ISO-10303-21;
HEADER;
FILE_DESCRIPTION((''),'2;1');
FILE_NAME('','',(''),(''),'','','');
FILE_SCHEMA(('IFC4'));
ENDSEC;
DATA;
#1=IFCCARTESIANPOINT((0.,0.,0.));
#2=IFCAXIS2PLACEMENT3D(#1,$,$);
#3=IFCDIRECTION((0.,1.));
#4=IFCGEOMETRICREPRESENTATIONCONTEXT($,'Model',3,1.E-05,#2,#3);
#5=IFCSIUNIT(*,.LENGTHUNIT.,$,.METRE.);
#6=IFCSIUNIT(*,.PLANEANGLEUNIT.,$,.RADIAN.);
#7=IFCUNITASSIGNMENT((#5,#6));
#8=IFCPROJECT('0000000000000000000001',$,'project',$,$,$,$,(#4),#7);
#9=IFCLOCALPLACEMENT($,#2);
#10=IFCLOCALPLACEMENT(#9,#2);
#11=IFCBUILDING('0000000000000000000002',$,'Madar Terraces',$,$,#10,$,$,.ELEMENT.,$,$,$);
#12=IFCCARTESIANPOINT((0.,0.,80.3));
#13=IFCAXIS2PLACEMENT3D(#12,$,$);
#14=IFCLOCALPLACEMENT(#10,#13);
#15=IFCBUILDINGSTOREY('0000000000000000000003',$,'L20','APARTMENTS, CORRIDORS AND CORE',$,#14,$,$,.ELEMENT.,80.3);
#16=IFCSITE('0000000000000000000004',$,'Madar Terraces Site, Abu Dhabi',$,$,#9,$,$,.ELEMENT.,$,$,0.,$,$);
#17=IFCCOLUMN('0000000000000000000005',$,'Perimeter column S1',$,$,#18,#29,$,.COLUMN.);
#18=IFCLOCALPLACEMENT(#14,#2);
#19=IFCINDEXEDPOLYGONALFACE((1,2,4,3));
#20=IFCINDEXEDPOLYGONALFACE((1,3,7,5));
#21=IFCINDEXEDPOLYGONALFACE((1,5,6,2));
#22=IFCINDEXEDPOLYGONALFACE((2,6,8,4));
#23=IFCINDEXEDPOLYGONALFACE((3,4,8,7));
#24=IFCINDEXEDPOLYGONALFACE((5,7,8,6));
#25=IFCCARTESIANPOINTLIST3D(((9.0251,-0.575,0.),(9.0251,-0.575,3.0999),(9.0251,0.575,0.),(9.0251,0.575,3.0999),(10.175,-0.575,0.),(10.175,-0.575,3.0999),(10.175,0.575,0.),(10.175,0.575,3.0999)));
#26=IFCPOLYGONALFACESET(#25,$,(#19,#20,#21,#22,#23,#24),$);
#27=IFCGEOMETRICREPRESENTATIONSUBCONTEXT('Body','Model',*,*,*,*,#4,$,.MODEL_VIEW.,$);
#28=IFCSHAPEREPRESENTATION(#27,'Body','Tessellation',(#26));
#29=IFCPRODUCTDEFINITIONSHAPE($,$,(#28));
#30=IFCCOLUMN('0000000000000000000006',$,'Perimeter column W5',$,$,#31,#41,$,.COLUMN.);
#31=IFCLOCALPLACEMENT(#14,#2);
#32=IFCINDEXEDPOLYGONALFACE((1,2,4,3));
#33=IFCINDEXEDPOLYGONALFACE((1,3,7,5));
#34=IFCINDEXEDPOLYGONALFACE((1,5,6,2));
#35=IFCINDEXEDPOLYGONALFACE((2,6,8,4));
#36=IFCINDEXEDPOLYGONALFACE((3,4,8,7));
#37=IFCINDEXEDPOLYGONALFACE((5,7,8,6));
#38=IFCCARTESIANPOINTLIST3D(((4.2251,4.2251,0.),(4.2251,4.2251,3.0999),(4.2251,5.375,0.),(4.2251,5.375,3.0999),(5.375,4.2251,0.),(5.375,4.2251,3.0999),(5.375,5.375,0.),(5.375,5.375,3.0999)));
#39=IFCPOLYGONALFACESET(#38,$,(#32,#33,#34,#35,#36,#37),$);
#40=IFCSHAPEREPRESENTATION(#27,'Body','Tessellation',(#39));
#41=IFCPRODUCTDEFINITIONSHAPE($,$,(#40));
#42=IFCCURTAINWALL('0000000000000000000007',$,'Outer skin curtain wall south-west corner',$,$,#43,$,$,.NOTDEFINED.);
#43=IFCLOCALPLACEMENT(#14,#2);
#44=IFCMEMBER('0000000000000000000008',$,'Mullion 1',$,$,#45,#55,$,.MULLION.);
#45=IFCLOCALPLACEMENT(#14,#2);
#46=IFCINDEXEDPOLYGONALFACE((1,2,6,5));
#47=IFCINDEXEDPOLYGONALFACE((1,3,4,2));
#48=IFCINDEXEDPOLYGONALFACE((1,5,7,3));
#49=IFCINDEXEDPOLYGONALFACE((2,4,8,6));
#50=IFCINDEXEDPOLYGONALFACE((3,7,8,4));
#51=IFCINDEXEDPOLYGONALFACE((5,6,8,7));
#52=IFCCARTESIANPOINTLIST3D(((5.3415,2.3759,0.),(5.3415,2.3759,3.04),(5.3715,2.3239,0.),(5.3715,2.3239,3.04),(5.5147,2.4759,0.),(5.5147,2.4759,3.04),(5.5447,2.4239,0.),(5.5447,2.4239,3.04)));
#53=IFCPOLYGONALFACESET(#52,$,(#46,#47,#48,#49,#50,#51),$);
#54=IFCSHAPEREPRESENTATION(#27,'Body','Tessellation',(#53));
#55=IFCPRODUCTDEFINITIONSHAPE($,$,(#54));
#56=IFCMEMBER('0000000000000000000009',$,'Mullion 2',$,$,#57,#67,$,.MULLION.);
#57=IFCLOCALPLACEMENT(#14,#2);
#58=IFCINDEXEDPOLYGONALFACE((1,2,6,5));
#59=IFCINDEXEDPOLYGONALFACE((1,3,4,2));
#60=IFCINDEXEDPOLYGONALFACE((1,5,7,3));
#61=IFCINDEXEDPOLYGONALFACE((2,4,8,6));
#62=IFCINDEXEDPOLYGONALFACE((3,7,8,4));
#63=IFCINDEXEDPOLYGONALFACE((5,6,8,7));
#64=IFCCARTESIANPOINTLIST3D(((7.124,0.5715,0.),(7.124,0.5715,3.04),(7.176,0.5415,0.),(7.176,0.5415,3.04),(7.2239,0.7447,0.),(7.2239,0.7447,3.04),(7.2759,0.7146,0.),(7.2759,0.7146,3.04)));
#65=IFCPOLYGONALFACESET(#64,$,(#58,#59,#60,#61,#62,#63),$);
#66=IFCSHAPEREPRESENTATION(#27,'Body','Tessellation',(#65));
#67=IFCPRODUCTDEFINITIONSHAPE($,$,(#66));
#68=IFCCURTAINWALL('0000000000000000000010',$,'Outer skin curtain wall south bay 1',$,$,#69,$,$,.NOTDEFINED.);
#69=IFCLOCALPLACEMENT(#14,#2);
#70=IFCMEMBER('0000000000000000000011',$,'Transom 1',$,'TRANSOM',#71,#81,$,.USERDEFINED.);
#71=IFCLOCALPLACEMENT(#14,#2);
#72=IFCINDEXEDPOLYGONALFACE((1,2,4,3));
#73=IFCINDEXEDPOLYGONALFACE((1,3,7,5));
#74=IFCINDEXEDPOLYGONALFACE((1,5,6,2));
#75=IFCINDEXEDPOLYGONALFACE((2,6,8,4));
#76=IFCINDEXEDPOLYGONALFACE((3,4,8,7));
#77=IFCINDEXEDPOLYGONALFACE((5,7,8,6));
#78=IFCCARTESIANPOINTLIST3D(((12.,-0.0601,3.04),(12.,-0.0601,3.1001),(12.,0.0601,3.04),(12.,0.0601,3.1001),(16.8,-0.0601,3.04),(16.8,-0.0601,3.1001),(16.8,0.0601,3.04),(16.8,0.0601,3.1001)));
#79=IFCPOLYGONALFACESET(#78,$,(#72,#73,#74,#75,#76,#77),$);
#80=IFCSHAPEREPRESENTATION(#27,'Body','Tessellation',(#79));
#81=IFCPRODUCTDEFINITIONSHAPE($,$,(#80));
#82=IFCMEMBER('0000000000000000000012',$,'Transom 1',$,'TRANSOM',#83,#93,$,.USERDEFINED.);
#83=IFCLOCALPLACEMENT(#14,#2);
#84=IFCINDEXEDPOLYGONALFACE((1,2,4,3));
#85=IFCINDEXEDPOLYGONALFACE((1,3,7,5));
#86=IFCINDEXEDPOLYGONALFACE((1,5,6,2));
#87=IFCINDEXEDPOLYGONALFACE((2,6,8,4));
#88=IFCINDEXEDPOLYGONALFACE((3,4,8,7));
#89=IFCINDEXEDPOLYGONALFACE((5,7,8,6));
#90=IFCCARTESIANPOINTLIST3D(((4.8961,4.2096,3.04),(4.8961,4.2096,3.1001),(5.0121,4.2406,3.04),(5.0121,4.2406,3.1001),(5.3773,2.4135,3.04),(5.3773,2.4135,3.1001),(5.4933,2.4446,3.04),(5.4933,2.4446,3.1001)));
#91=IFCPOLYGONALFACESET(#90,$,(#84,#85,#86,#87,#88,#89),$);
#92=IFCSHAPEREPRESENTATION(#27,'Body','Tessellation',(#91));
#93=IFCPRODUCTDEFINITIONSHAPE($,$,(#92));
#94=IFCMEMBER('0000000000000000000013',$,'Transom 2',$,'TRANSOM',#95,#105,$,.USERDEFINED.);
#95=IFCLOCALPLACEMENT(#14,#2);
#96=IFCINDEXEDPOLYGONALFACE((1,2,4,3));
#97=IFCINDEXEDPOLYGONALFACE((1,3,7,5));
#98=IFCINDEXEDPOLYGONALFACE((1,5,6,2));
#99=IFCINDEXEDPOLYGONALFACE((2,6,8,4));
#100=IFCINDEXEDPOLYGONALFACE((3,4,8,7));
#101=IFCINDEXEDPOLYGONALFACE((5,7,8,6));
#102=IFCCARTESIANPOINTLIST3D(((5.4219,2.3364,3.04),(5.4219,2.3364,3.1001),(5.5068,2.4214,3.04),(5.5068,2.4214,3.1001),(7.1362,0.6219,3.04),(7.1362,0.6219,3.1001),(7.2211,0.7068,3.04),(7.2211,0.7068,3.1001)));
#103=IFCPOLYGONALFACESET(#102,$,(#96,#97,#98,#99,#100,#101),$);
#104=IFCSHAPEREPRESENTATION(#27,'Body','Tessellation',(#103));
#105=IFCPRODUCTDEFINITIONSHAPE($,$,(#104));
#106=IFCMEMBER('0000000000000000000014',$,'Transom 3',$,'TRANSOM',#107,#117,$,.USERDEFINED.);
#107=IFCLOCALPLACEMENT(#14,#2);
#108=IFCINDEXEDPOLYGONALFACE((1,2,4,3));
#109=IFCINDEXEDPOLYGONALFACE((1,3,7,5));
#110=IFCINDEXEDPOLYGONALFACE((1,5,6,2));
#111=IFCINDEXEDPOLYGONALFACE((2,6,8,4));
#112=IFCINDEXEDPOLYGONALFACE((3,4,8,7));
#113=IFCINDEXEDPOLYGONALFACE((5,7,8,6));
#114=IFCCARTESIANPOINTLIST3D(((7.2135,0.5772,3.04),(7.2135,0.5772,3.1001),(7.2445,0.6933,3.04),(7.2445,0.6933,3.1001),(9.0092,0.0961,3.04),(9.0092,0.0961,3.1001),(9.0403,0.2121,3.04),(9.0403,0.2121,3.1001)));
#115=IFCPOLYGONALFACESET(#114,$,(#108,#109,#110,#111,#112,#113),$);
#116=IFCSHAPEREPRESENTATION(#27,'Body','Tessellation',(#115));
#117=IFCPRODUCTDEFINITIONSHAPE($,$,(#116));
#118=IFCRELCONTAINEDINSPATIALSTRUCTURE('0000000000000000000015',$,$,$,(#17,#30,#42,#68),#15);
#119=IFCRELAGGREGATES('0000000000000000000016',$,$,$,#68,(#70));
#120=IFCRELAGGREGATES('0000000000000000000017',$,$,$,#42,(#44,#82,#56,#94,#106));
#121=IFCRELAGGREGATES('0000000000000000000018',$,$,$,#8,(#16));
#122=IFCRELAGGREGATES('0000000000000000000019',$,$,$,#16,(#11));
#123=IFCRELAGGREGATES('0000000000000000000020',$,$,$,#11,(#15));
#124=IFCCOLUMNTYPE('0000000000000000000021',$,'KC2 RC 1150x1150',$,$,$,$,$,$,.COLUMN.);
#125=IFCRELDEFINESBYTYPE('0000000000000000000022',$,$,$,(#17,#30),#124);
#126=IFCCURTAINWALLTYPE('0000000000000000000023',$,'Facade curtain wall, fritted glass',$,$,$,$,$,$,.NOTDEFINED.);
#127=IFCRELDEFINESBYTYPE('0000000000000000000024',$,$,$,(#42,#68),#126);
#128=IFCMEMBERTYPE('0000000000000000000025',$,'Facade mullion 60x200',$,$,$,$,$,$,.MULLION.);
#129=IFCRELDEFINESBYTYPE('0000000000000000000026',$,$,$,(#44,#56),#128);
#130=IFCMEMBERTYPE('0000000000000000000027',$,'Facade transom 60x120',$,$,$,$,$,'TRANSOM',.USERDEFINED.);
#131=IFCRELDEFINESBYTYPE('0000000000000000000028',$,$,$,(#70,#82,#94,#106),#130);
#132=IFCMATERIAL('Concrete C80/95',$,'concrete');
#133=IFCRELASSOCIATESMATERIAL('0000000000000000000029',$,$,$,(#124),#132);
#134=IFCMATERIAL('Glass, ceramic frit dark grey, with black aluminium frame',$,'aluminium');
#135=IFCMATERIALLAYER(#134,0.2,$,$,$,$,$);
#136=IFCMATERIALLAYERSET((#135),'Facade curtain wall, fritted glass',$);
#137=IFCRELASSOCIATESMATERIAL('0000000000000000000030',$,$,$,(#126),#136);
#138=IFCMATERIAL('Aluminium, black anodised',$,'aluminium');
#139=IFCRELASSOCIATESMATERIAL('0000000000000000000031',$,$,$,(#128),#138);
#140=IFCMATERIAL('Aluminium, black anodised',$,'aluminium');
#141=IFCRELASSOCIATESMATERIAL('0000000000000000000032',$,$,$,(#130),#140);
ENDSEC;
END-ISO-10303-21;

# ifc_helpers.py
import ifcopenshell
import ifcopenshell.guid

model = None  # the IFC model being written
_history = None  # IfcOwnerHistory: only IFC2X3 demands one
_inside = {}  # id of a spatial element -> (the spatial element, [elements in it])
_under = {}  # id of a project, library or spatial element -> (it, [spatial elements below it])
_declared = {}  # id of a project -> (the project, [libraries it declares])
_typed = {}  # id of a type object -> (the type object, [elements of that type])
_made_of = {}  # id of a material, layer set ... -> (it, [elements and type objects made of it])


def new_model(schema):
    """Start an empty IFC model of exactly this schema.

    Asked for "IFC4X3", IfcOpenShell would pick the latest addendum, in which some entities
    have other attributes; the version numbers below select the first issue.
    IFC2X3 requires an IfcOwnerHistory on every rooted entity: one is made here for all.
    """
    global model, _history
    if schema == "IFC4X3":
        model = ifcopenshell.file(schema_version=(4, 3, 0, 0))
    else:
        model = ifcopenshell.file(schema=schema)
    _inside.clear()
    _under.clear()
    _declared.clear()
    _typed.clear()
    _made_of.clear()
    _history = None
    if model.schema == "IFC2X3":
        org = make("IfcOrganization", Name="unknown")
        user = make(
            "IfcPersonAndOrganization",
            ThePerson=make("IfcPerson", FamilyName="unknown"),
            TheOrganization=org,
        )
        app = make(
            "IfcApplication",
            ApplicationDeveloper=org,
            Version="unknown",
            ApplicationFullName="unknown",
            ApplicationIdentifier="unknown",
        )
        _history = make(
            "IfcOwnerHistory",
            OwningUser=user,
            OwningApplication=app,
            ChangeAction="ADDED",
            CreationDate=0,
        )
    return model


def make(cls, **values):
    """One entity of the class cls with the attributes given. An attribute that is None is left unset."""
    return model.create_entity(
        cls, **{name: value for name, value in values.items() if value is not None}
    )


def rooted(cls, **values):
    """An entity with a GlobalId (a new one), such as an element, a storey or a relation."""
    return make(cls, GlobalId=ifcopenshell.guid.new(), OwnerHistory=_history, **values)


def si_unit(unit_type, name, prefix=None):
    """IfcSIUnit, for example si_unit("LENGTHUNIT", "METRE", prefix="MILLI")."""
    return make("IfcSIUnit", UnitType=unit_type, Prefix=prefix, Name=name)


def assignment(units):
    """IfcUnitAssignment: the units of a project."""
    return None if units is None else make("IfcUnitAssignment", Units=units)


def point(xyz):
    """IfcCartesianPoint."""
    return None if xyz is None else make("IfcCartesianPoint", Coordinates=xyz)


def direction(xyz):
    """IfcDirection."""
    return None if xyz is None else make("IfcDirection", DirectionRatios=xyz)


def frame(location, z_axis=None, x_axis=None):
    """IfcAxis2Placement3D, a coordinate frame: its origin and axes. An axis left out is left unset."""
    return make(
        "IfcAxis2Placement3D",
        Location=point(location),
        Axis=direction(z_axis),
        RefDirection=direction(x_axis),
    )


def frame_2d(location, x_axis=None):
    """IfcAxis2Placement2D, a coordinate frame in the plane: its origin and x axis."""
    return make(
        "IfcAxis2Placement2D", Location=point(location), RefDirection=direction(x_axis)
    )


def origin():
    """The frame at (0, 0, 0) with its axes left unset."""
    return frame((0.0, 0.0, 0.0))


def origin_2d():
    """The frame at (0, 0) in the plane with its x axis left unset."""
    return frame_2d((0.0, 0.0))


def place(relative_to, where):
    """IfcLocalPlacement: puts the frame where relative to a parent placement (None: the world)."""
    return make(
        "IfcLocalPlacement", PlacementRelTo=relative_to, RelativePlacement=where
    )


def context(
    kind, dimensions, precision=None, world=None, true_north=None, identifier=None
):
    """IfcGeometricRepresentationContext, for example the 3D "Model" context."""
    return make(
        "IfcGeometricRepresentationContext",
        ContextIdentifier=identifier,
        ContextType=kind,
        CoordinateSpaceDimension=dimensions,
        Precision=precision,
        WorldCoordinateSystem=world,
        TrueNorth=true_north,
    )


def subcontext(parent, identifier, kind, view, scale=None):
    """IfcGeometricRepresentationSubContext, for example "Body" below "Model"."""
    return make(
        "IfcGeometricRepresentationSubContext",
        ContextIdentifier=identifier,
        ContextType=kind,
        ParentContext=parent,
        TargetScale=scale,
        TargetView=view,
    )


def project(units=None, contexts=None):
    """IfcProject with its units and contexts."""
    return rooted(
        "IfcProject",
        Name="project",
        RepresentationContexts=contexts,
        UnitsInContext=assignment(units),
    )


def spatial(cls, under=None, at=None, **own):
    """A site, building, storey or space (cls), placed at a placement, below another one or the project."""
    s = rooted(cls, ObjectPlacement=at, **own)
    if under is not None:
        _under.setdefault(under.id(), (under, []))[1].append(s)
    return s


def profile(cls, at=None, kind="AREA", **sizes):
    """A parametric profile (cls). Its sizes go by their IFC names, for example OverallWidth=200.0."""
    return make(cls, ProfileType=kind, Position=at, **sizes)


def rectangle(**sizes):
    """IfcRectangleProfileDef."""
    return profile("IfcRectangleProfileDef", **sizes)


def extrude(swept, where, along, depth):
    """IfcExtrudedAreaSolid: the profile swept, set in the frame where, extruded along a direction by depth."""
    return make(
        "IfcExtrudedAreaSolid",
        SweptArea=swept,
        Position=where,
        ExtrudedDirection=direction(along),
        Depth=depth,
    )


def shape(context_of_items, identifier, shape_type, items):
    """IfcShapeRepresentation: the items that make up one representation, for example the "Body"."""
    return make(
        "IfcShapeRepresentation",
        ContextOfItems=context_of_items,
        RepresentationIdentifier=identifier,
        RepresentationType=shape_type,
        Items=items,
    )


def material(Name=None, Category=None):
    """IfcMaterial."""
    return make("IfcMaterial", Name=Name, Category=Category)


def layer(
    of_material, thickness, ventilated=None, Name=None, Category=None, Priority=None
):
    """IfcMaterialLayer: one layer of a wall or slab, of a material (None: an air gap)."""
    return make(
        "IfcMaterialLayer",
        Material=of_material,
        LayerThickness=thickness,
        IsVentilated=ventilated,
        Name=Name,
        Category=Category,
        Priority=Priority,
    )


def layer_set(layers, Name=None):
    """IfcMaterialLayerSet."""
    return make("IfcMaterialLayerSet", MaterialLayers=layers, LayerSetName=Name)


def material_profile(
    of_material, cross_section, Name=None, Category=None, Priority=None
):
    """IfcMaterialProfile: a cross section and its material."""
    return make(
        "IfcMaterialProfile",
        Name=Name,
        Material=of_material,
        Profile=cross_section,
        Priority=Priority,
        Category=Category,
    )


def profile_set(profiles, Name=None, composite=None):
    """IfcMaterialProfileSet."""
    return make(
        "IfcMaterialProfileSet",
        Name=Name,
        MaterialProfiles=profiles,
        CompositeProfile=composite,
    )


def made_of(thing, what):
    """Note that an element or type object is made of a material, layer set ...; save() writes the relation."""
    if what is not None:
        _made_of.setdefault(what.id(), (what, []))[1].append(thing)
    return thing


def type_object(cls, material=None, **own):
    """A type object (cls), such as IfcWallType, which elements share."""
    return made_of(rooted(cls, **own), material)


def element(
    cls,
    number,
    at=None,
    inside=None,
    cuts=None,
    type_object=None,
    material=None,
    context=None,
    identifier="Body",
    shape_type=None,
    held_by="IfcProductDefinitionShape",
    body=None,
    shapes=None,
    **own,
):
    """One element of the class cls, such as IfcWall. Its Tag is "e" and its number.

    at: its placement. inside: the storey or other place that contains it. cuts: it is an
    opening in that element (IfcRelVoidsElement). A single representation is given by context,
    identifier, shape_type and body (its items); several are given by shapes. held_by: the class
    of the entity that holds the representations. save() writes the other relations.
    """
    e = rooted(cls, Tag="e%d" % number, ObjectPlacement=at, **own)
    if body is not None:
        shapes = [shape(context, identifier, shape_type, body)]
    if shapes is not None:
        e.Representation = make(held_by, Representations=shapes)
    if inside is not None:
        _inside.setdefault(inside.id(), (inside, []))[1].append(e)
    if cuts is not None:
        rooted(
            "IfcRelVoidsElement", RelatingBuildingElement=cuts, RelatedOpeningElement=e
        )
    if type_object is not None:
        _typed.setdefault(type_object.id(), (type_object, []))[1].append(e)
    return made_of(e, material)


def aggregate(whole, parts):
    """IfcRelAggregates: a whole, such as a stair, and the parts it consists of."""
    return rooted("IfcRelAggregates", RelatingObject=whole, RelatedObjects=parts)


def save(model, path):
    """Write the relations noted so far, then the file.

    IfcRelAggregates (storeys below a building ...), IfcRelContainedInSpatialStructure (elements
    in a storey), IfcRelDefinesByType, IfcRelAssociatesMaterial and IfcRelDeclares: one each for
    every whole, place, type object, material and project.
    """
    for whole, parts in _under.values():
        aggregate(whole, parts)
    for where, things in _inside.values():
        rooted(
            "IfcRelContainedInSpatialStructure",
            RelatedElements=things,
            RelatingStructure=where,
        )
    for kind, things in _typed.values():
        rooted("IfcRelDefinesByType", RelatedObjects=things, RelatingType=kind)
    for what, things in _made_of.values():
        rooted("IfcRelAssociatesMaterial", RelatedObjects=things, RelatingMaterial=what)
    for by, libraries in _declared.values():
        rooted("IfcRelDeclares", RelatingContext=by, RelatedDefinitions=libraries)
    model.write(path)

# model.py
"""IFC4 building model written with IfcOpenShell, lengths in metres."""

from ifc_helpers import new_model, si_unit, direction, frame, origin, origin_2d, place, context, subcontext, project, spatial, rectangle, extrude, material, layer, layer_set, material_profile, profile_set, type_object, element, aggregate, save


model = new_model("IFC4")

# Units and contexts
model_context = context("Model", 3, precision=1e-05, world=origin(), true_north=direction((0.0, 1.0)))
body_context = subcontext(model_context, "Body", "Model", "MODEL_VIEW")
ifc_project = project(units=[si_unit("LENGTHUNIT", "METRE"), si_unit("PLANEANGLEUNIT", "RADIAN")], contexts=[model_context])

# Site, building, storey
site_placement = place(None, origin())
site = spatial("IfcSite", under=ifc_project, at=site_placement, Name="Madar Terraces Site, Abu Dhabi", CompositionType="ELEMENT", RefElevation=0.0)
building_placement = place(site_placement, origin())
building = spatial("IfcBuilding", under=site, at=building_placement, Name="Madar Terraces", CompositionType="ELEMENT")
storey_placement = place(building_placement, frame((0.0, 0.0, 80.3)))
storey = spatial("IfcBuildingStorey", under=building, at=storey_placement, Name="L20", Description="APARTMENTS, CORRIDORS AND CORE", CompositionType="ELEMENT", Elevation=80.3)

# Columns
ifc_material_1 = material(Name="Concrete C80/95", Category="concrete")
ifc_material_profile_1 = material_profile(ifc_material_1, rectangle(XDim=1.1499, YDim=1.1499, at=origin_2d()), Name="KC2 RC 1150x1150")
ifc_profile_set_1 = profile_set([ifc_material_profile_1], Name="Concrete C80/95")
column_type = type_object("IfcColumnType", Name="KC2 RC 1150x1150", PredefinedType="COLUMN", material=ifc_profile_set_1)
for number, where, z_axis, x_axis, name in (
    (1, (9.6001, 0.0, 0.0), (0.0, 0.0, 1.0), (1.0, 0.0, 0.0), "Perimeter column S1"),
    (2, (4.8, 4.8, 0.0), (0.0, 0.0, 1.0), (1.0, 0.0, 0.0), "Perimeter column W5"),
):
    element("IfcColumn", number, at=place(storey_placement, frame(where, z_axis=z_axis, x_axis=x_axis)), inside=storey, type_object=column_type, Name=name, PredefinedType="COLUMN", context=body_context, shape_type="SweptSolid", body=[
        extrude(rectangle(XDim=1.1499, YDim=1.1499, at=origin_2d()), origin(), (0.0, 0.0, 1.0), 3.0999),
    ])

# Curtain wall, members
ifc_material_2 = material(Name="Glass, ceramic frit dark grey, with black aluminium frame", Category="aluminium")
ifc_layer_1 = layer(ifc_material_2, 0.2)
ifc_layer_set_1 = layer_set([ifc_layer_1], Name="Facade curtain wall, fritted glass")
curtain_wall_type = type_object("IfcCurtainWallType", Name="Facade curtain wall, fritted glass", PredefinedType="NOTDEFINED", material=ifc_layer_set_1)
curtain_wall_1_placement = place(storey_placement, origin())
curtain_wall_1 = element("IfcCurtainWall", 3, at=curtain_wall_1_placement, inside=storey, type_object=curtain_wall_type, Name="Outer skin curtain wall south-west corner", PredefinedType="NOTDEFINED")
ifc_material_3 = material(Name="Aluminium, black anodised", Category="aluminium")
ifc_material_profile_2 = material_profile(ifc_material_3, rectangle(XDim=0.2, YDim=0.0601, at=origin_2d()), Name="Facade mullion 60x200")
ifc_profile_set_2 = profile_set([ifc_material_profile_2], Name="Aluminium, black anodised")
member_type_1 = type_object("IfcMemberType", Name="Facade mullion 60x200", PredefinedType="MULLION", material=ifc_profile_set_2)
member_1_placement = place(storey_placement, frame((5.4431, 2.3999, 0.0), z_axis=(0.0, 0.0, 1.0), x_axis=(0.866025, 0.5, 0.0)))
member_1 = element("IfcMember", 4, at=member_1_placement, type_object=member_type_1, Name="Mullion 1", PredefinedType="MULLION", context=body_context, shape_type="SweptSolid", body=[
    extrude(rectangle(XDim=0.2, YDim=0.0601, at=origin_2d()), origin(), (0.0, 0.0, 1.0), 3.04),
])
member_2_placement = place(storey_placement, frame((7.2, 0.6431, 0.0), z_axis=(0.0, 0.0, 1.0), x_axis=(0.5, 0.866025, 0.0)))
member_2 = element("IfcMember", 5, at=member_2_placement, type_object=member_type_1, Name="Mullion 2", PredefinedType="MULLION", context=body_context, shape_type="SweptSolid", body=[
    extrude(rectangle(XDim=0.2, YDim=0.0601, at=origin_2d()), origin(), (0.0, 0.0, 1.0), 3.04),
])

# Curtain wall, member
curtain_wall_2_placement = place(storey_placement, origin())
curtain_wall_2 = element("IfcCurtainWall", 6, at=curtain_wall_2_placement, inside=storey, type_object=curtain_wall_type, Name="Outer skin curtain wall south bay 1", PredefinedType="NOTDEFINED")
ifc_material_4 = material(Name="Aluminium, black anodised", Category="aluminium")
ifc_material_profile_3 = material_profile(ifc_material_4, rectangle(XDim=0.1201, YDim=0.0601, at=origin_2d()), Name="Facade transom 60x120")
ifc_profile_set_3 = profile_set([ifc_material_profile_3], Name="Aluminium, black anodised")
member_type_2 = type_object("IfcMemberType", Name="Facade transom 60x120", ElementType="TRANSOM", PredefinedType="USERDEFINED", material=ifc_profile_set_3)
member_3_placement = place(storey_placement, frame((12.0, 0.0, 3.0701), z_axis=(1.0, 0.0, 0.0), x_axis=(0.0, 1.0, 0.0)))
member_3 = element("IfcMember", 7, at=member_3_placement, type_object=member_type_2, Name="Transom 1", ObjectType="TRANSOM", PredefinedType="USERDEFINED", context=body_context, shape_type="SweptSolid", body=[
    extrude(rectangle(XDim=0.1201, YDim=0.0601, at=origin_2d()), origin(), (0.0, 0.0, 1.0), 4.8),
])

# Members
member_4_placement = place(storey_placement, frame((4.9541, 4.2251, 3.0701), z_axis=(0.258782, -0.965936, 0.0), x_axis=(0.965936, 0.258782, 0.0)))
member_4 = element("IfcMember", 8, at=member_4_placement, type_object=member_type_2, Name="Transom 1", ObjectType="TRANSOM", PredefinedType="USERDEFINED", context=body_context, shape_type="SweptSolid", body=[
    extrude(rectangle(XDim=0.1201, YDim=0.0601, at=origin_2d()), origin(), (0.0, 0.0, 1.0), 1.8594),
])
member_5_placement = place(storey_placement, frame((5.4644, 2.3789, 3.0701), z_axis=(0.707056, -0.707157, 0.0), x_axis=(0.707157, 0.707056, 0.0)))
member_5 = element("IfcMember", 9, at=member_5_placement, type_object=member_type_2, Name="Transom 2", ObjectType="TRANSOM", PredefinedType="USERDEFINED", context=body_context, shape_type="SweptSolid", body=[
    extrude(rectangle(XDim=0.1201, YDim=0.0601, at=origin_2d()), origin(), (0.0, 0.0, 1.0), 2.4246),
])
member_6_placement = place(storey_placement, frame((7.229, 0.6353, 3.0701), z_axis=(0.965927, -0.258815, 0.0), x_axis=(0.258815, 0.965927, 0.0)))
member_6 = element("IfcMember", 10, at=member_6_placement, type_object=member_type_2, Name="Transom 3", ObjectType="TRANSOM", PredefinedType="USERDEFINED", context=body_context, shape_type="SweptSolid", body=[
    extrude(rectangle(XDim=0.1201, YDim=0.0601, at=origin_2d()), origin(), (0.0, 0.0, 1.0), 1.8591),
])

aggregate(curtain_wall_2, [member_3])

aggregate(curtain_wall_1, [member_1, member_4, member_2, member_5, member_6])

save(model, "model.ifc")
